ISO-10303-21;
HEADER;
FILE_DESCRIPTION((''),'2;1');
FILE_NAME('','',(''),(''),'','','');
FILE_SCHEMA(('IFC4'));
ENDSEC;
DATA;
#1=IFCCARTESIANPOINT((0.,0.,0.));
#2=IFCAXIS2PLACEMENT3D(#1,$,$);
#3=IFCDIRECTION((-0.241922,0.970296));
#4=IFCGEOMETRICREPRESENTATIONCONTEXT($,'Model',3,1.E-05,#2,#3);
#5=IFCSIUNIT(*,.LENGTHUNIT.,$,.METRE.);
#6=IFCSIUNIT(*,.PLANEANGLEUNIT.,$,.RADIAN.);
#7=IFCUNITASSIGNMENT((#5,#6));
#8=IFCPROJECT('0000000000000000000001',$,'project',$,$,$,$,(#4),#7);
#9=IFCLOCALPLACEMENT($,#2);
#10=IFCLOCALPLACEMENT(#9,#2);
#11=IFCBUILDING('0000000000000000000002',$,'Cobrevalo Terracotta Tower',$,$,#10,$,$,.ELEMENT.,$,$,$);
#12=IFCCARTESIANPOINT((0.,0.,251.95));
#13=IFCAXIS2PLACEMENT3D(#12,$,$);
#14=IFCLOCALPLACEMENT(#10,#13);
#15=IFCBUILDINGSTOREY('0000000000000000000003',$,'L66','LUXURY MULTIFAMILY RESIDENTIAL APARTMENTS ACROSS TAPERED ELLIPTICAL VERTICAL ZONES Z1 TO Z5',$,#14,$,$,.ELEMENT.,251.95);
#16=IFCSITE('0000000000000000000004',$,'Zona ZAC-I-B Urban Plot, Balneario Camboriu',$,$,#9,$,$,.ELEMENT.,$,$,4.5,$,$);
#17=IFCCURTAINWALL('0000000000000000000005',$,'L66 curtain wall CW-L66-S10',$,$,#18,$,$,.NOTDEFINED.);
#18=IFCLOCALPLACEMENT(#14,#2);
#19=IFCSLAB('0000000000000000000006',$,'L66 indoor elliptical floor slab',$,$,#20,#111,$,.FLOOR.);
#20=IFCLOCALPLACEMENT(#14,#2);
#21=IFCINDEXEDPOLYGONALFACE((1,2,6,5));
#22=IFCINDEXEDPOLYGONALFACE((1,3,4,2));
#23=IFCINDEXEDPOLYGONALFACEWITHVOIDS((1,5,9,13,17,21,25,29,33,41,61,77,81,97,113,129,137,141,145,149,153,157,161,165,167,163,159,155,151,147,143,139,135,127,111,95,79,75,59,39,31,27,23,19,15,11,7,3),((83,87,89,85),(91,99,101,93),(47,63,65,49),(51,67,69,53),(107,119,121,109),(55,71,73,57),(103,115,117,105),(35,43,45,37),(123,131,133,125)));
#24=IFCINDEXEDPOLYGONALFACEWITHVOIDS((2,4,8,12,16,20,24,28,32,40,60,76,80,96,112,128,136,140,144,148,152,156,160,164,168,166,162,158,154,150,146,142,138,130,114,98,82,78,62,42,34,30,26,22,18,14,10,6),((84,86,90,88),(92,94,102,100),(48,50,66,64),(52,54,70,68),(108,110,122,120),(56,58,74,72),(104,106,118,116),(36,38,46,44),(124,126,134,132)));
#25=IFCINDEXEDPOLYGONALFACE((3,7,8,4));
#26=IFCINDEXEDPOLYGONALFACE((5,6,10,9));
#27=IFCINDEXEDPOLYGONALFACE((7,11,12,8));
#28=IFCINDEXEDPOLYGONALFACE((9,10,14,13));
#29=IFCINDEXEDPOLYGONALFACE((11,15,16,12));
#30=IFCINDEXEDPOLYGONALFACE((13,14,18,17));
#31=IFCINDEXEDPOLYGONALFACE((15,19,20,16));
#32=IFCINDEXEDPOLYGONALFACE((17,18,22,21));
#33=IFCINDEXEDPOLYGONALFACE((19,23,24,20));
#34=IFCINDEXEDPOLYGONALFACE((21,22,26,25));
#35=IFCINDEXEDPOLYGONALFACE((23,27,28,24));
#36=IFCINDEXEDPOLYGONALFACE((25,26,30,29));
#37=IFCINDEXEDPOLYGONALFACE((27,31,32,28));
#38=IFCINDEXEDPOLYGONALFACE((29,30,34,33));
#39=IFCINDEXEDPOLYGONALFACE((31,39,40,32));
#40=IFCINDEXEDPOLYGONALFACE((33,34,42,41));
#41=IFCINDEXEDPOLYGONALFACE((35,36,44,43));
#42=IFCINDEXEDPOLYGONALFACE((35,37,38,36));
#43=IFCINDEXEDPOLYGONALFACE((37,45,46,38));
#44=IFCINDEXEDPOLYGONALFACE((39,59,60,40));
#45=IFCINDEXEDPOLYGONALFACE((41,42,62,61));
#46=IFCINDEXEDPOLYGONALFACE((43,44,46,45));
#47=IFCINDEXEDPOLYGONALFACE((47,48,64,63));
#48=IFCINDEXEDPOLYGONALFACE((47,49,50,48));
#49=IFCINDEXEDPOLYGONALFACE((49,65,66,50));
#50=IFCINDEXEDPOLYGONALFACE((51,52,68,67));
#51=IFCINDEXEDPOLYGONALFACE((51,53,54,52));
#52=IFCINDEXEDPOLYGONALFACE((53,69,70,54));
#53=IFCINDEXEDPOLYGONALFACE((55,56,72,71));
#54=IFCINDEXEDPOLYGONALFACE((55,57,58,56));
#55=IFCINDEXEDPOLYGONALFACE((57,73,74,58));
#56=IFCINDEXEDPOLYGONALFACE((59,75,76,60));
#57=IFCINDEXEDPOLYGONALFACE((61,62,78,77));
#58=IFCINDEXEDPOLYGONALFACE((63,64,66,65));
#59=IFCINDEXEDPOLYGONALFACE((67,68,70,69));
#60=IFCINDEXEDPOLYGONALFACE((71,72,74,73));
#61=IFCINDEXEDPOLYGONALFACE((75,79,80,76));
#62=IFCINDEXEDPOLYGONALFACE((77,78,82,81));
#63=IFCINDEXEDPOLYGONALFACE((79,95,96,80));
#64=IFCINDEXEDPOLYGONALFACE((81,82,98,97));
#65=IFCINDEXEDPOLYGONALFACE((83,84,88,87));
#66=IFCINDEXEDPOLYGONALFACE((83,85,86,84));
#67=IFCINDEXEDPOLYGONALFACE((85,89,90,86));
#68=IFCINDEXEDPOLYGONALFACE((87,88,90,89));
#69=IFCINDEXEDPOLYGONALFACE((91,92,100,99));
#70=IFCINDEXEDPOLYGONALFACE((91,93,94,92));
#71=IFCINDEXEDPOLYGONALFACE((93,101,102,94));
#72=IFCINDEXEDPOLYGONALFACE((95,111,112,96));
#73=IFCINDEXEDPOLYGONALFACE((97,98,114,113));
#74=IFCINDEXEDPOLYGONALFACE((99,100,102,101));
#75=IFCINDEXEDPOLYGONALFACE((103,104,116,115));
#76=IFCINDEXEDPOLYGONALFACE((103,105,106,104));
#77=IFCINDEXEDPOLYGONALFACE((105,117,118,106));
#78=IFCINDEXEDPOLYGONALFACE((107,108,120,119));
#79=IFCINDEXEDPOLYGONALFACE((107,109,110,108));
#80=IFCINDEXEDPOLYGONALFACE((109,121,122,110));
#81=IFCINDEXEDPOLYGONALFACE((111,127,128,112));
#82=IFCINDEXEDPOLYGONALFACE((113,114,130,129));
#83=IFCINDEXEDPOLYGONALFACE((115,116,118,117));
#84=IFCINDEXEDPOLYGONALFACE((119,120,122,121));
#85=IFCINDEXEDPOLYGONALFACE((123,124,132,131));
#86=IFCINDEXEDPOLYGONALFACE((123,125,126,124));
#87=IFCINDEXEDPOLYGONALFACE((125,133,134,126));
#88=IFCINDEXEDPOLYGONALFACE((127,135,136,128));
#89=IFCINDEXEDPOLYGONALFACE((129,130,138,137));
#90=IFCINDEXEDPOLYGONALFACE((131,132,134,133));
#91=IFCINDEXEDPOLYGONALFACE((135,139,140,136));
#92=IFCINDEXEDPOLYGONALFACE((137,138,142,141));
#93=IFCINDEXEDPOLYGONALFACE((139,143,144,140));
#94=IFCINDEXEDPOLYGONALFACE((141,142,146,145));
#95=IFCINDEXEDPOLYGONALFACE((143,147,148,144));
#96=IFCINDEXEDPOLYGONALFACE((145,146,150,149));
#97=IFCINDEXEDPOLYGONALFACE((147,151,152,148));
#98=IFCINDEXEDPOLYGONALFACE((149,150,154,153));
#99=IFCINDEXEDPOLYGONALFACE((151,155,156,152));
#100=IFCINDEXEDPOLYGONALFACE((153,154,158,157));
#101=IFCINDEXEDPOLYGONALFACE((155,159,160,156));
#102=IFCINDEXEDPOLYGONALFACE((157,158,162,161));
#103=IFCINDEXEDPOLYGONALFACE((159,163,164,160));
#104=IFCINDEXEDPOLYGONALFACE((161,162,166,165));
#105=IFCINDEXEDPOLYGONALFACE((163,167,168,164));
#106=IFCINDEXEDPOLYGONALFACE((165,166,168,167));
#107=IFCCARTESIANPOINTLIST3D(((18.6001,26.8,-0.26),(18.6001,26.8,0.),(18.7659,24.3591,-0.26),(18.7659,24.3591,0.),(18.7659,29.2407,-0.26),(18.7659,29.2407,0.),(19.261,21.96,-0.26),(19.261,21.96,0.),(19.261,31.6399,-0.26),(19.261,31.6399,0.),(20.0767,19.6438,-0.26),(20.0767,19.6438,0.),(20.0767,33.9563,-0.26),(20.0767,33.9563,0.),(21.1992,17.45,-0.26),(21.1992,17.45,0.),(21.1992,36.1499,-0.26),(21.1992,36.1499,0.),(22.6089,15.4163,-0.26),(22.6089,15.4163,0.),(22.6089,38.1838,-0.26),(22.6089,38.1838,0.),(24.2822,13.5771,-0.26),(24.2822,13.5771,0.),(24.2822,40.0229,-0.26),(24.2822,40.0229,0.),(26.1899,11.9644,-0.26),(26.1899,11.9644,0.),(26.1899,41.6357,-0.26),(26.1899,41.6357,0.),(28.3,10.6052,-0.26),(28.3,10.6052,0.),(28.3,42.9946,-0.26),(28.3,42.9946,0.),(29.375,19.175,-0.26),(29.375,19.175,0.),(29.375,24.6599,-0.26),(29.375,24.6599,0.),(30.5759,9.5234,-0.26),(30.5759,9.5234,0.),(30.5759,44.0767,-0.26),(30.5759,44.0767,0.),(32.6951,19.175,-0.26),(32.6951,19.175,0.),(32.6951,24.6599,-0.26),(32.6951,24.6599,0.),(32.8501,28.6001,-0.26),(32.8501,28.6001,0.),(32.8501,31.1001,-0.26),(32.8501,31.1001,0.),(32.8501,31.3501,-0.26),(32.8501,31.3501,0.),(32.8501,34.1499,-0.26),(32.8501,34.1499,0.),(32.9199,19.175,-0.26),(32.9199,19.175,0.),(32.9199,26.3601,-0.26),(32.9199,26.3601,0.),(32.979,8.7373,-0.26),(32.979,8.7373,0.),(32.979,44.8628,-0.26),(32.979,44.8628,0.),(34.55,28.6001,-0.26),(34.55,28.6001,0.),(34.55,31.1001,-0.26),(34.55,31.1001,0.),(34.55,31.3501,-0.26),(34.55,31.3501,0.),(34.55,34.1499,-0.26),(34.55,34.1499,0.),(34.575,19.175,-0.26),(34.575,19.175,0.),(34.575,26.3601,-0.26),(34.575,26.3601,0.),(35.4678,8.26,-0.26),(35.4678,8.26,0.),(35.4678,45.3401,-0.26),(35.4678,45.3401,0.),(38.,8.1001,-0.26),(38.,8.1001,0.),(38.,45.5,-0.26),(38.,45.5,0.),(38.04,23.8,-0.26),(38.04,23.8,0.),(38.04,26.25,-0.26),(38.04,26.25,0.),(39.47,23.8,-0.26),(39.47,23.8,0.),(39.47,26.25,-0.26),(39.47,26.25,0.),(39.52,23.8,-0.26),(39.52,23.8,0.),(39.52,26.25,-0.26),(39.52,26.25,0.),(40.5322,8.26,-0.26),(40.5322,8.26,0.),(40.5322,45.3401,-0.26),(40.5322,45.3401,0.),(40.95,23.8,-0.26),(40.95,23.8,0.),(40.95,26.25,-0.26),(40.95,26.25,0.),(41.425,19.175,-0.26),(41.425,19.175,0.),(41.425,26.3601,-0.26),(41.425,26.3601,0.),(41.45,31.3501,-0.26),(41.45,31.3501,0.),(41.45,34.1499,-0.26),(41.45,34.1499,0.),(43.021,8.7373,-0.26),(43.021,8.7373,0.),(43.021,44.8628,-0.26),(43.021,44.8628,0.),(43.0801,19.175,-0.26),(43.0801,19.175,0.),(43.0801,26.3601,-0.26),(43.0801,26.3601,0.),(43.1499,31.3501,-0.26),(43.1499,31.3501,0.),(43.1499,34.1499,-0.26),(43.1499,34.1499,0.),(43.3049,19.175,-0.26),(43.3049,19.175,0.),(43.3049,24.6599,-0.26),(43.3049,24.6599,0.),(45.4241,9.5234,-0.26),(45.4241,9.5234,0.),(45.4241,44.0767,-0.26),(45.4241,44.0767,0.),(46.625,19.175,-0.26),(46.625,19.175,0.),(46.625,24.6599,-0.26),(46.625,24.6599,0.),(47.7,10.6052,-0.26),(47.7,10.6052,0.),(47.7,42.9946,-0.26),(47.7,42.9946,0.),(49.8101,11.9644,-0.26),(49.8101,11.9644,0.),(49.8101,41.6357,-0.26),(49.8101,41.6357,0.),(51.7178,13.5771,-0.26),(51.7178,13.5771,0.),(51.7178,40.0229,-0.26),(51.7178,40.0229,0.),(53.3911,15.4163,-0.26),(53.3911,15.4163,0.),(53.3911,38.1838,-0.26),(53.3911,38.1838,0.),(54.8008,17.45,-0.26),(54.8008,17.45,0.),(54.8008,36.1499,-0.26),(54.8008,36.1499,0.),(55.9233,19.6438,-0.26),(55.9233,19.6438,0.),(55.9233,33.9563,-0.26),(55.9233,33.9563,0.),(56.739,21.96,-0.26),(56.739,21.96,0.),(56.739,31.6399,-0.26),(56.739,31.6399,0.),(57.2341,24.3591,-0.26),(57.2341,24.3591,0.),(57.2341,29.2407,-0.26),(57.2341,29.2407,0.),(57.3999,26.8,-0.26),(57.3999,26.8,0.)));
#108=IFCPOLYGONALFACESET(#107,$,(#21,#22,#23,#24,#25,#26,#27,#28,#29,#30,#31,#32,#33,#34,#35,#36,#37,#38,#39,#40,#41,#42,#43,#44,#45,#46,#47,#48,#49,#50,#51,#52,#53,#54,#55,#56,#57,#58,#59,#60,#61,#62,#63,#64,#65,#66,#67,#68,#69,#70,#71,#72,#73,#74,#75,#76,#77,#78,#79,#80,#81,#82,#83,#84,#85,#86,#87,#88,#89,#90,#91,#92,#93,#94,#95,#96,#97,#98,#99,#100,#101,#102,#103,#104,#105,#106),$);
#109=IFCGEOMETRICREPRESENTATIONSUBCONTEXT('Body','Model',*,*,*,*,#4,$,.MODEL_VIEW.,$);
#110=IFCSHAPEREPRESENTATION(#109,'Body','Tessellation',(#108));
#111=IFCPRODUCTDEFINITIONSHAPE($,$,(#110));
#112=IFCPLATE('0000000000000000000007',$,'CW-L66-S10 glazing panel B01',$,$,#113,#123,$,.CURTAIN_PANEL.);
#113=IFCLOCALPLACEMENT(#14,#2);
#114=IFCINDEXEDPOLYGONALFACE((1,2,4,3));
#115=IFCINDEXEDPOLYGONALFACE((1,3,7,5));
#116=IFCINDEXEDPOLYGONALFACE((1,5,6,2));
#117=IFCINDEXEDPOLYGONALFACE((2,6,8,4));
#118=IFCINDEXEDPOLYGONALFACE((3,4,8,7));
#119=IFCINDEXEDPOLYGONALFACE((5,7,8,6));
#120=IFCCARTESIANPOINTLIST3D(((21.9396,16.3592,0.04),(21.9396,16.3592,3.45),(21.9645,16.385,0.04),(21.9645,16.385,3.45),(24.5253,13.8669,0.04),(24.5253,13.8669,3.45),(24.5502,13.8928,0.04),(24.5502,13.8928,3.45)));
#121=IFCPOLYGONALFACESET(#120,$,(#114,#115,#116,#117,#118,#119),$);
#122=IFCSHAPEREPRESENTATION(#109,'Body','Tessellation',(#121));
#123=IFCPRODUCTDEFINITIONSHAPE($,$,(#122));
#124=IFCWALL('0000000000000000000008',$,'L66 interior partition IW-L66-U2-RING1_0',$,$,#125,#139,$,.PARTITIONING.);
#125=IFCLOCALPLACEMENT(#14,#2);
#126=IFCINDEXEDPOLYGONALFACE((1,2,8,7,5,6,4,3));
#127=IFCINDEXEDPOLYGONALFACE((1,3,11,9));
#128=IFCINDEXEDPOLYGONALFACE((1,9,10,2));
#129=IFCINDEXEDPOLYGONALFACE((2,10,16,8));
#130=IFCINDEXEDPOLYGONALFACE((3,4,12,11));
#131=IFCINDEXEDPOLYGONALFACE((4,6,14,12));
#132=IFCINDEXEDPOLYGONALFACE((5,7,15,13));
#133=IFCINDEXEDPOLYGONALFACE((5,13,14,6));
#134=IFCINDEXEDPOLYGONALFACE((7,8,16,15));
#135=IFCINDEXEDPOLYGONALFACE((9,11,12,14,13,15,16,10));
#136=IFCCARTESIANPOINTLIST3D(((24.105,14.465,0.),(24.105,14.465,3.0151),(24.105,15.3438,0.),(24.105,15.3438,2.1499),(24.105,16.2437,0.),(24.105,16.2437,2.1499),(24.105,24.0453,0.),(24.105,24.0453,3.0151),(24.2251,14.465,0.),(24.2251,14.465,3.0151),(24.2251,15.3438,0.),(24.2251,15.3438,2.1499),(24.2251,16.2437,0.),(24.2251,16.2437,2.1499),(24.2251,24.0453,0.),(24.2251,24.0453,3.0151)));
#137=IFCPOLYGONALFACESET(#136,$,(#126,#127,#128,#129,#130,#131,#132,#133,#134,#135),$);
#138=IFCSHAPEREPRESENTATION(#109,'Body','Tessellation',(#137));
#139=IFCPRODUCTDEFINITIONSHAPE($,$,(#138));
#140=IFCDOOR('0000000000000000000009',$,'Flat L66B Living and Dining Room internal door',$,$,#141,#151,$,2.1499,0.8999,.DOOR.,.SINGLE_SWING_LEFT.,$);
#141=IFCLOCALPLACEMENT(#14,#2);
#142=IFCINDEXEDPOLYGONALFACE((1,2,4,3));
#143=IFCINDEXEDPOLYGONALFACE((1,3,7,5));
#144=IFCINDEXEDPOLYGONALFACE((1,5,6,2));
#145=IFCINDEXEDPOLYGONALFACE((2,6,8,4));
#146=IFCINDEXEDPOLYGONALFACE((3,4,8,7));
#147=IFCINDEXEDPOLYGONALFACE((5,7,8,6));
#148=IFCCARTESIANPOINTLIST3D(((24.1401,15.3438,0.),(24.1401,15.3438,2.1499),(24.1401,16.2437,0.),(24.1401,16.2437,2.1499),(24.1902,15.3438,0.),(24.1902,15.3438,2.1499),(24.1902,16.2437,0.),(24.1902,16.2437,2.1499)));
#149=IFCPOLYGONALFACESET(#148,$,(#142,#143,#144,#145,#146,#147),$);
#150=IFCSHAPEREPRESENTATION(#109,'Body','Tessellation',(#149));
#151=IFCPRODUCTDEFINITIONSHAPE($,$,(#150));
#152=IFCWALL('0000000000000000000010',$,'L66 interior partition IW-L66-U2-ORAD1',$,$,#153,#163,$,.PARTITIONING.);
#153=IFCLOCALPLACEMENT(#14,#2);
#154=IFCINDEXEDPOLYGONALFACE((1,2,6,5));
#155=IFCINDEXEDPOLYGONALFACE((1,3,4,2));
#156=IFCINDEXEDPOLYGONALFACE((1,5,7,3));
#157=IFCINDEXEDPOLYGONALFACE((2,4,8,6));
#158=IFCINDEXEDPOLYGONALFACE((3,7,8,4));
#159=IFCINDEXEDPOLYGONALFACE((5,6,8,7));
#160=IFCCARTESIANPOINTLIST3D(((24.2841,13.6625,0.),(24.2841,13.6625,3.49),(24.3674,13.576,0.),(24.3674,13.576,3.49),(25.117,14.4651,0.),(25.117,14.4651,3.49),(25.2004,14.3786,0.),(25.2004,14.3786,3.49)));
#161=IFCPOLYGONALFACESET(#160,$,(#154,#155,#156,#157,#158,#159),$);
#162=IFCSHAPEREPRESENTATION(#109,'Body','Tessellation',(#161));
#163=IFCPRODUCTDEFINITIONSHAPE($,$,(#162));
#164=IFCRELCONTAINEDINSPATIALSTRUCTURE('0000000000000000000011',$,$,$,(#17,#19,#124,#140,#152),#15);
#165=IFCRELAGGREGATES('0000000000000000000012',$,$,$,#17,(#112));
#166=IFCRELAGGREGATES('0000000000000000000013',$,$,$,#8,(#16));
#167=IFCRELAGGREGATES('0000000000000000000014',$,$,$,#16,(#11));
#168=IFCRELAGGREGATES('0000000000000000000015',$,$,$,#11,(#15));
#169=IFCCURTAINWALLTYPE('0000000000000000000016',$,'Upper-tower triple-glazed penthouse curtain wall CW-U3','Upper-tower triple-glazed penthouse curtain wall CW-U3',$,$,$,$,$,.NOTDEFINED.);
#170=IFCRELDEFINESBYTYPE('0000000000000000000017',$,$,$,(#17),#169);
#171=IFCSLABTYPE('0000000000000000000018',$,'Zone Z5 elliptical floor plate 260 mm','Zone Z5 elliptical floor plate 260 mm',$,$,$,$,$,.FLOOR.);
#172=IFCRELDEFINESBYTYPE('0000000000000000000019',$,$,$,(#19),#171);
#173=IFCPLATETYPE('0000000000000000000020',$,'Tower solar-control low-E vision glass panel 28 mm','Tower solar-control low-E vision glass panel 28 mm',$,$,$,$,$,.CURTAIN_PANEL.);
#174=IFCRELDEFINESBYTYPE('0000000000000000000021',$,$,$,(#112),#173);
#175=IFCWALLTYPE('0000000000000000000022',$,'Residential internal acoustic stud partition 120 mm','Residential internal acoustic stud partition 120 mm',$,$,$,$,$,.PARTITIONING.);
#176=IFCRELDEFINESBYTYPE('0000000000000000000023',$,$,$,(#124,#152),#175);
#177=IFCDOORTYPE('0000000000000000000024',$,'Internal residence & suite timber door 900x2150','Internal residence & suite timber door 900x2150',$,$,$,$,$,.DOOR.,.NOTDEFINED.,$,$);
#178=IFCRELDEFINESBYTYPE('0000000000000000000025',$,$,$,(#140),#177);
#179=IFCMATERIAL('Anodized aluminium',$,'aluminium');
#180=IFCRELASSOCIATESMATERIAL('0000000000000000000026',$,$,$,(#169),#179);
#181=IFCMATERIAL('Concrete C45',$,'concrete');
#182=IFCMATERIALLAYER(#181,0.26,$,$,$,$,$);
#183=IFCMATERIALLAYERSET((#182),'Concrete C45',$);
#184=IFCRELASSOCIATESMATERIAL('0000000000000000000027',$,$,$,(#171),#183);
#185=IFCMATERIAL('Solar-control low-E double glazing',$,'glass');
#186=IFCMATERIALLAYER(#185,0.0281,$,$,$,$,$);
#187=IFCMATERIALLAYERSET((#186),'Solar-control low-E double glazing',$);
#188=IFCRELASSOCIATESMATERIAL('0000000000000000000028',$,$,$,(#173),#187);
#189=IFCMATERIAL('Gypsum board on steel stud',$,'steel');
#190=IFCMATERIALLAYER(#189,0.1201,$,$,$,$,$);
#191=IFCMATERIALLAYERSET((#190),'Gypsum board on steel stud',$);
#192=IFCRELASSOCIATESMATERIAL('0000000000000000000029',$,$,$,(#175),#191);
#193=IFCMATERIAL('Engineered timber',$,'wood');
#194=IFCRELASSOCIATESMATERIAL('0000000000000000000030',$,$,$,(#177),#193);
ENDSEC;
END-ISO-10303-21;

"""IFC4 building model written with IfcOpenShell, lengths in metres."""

from ifc_helpers import new_model, si_unit, direction, frame, frame_2d, origin, origin_2d, place, context, subcontext, project, spatial, polyline, rectangle, outline, extrude, source, transform, mapped, material, layer, layer_set, type_object, element, fill, aggregate, save


model = new_model("IFC4")

# Units and contexts
model_context = context("Model", 3, precision=1e-05, world=origin(), true_north=direction((-0.241922, 0.970296)))
body_context = subcontext(model_context, "Body", "Model", "MODEL_VIEW")
ifc_project = project(units=[si_unit("LENGTHUNIT", "METRE"), si_unit("PLANEANGLEUNIT", "RADIAN")], contexts=[model_context])

# Site, building, storey
site_placement = place(None, origin())
site = spatial("IfcSite", under=ifc_project, at=site_placement, Name="Zona ZAC-I-B Urban Plot, Balneario Camboriu", CompositionType="ELEMENT", RefElevation=4.5)
building_placement = place(site_placement, origin())
building = spatial("IfcBuilding", under=site, at=building_placement, Name="Cobrevalo Terracotta Tower", CompositionType="ELEMENT")
storey_placement = place(building_placement, frame((0.0, 0.0, 251.95)))
storey = spatial("IfcBuildingStorey", under=building, at=storey_placement, Name="L66", Description="LUXURY MULTIFAMILY RESIDENTIAL APARTMENTS ACROSS TAPERED ELLIPTICAL VERTICAL ZONES Z1 TO Z5", CompositionType="ELEMENT", Elevation=251.95)

# Curtain wall
ifc_material_1 = material(Name="Anodized aluminium", Category="aluminium")
curtain_wall_type = type_object("IfcCurtainWallType", Name="Upper-tower triple-glazed penthouse curtain wall CW-U3", Description="Upper-tower triple-glazed penthouse curtain wall CW-U3", PredefinedType="NOTDEFINED", material=ifc_material_1)
curtain_wall_placement = place(storey_placement, origin())
curtain_wall = element("IfcCurtainWall", 1, at=curtain_wall_placement, inside=storey, type_object=curtain_wall_type, Name="L66 curtain wall CW-L66-S10", PredefinedType="NOTDEFINED")

# Slab
ifc_material_2 = material(Name="Concrete C45", Category="concrete")
ifc_layer_1 = layer(ifc_material_2, 0.26)
ifc_layer_set_1 = layer_set([ifc_layer_1], Name="Concrete C45")
slab_type_1 = type_object("IfcSlabType", Name="Zone Z5 elliptical floor plate 260 mm", Description="Zone Z5 elliptical floor plate 260 mm", PredefinedType="FLOOR", material=ifc_layer_set_1)
slab_1_placement = place(storey_placement, frame((0.0, 0.0, -0.26)))
element("IfcSlab", 2, at=slab_1_placement, inside=storey, type_object=slab_type_1, Name="L66 indoor elliptical floor slab", PredefinedType="FLOOR", context=body_context, shape_type="SweptSolid", body=[
    extrude(outline(polyline([(57.2341, 24.3591), (56.739, 21.96), (55.9233, 19.6438), (54.8008, 17.45), (53.3911, 15.4163), (51.7178, 13.5771), (49.8101, 11.9644), (47.7, 10.6052), (45.4241, 9.5234), (43.021, 8.7373), (40.5322, 8.26), (38.0, 8.1001), (35.4678, 8.26), (32.979, 8.7373), (30.5759, 9.5234), (28.3, 10.6052), (26.1899, 11.9644), (24.2822, 13.5771), (22.6089, 15.4163), (21.1992, 17.45), (20.0767, 19.6438), (19.261, 21.96), (18.7659, 24.3591), (18.6001, 26.8), (18.7659, 29.2407), (19.261, 31.6399), (20.0767, 33.9563), (21.1992, 36.1499), (22.6089, 38.1838), (24.2822, 40.0229), (26.1899, 41.6357), (28.3, 42.9946), (30.5759, 44.0767), (32.979, 44.8628), (35.4678, 45.3401), (38.0, 45.5), (40.5322, 45.3401), (43.021, 44.8628), (45.4241, 44.0767), (47.7, 42.9946), (49.8101, 41.6357), (51.7178, 40.0229), (53.3911, 38.1838), (54.8008, 36.1499), (55.9233, 33.9563), (56.739, 31.6399), (57.2341, 29.2407), (57.3999, 26.8), (57.2341, 24.3591)]), holes=[polyline([(32.6951, 19.175), (32.6951, 24.6599), (29.375, 24.6599), (29.375, 19.175), (32.6951, 19.175)]), polyline([(46.625, 19.175), (46.625, 24.6599), (43.3049, 24.6599), (43.3049, 19.175), (46.625, 19.175)]), polyline([(34.575, 26.3601), (32.9199, 26.3601), (32.9199, 19.175), (34.575, 19.175), (34.575, 26.3601)]), polyline([(43.0801, 26.3601), (41.425, 26.3601), (41.425, 19.175), (43.0801, 19.175), (43.0801, 26.3601)]), polyline([(39.47, 26.25), (38.04, 26.25), (38.04, 23.8), (39.47, 23.8), (39.47, 26.25)]), polyline([(40.95, 26.25), (39.52, 26.25), (39.52, 23.8), (40.95, 23.8), (40.95, 26.25)]), polyline([(34.55, 31.1001), (32.8501, 31.1001), (32.8501, 28.6001), (34.55, 28.6001), (34.55, 31.1001)]), polyline([(34.55, 31.3501), (34.55, 34.1499), (32.8501, 34.1499), (32.8501, 31.3501), (34.55, 31.3501)]), polyline([(43.1499, 31.3501), (43.1499, 34.1499), (41.45, 34.1499), (41.45, 31.3501), (43.1499, 31.3501)])]), origin(), (0.0, 0.0, 1.0), 0.26),
])

# Plate
ifc_material_3 = material(Name="Solar-control low-E double glazing", Category="glass")
ifc_layer_2 = layer(ifc_material_3, 0.0281)
ifc_layer_set_2 = layer_set([ifc_layer_2], Name="Solar-control low-E double glazing")
plate_type = type_object("IfcPlateType", Name="Tower solar-control low-E vision glass panel 28 mm", Description="Tower solar-control low-E vision glass panel 28 mm", PredefinedType="CURTAIN_PANEL", material=ifc_layer_set_2)
shared_shape_1 = source(origin(), body_context, "Body", "SweptSolid", [
    extrude(rectangle(XDim=3.5913, YDim=0.0359, at=origin_2d()), origin(), (0.0, 0.0, 1.0), 3.4099),
])
plate_placement = place(storey_placement, frame((23.2449, 15.126, 0.04), z_axis=(0.0, 0.0, 1.0), x_axis=(0.719997, -0.693978, 0.0)))
plate = element("IfcPlate", 3, at=plate_placement, type_object=plate_type, Name="CW-L66-S10 glazing panel B01", PredefinedType="CURTAIN_PANEL", context=body_context, shape_type="MappedRepresentation", body=[
    mapped(shared_shape_1, transform((0.0, 0.0, 0.0), scale=1.0)),
])
aggregate(curtain_wall, [plate])

# Wall, opening, door
ifc_material_4 = material(Name="Gypsum board on steel stud", Category="steel")
ifc_layer_3 = layer(ifc_material_4, 0.1201)
ifc_layer_set_3 = layer_set([ifc_layer_3], Name="Gypsum board on steel stud")
wall_type = type_object("IfcWallType", Name="Residential internal acoustic stud partition 120 mm", Description="Residential internal acoustic stud partition 120 mm", PredefinedType="PARTITIONING", material=ifc_layer_set_3)
wall_1_placement = place(storey_placement, frame((24.165, 14.4651, 0.0), z_axis=(0.0, 0.0, 1.0), x_axis=(0.0, 1.0, 0.0)))
wall_1 = element("IfcWall", 4, at=wall_1_placement, inside=storey, type_object=wall_type, Name="L66 interior partition IW-L66-U2-RING1_0", PredefinedType="PARTITIONING", context=body_context, shape_type="SweptSolid", body=[
    extrude(rectangle(XDim=9.5803, YDim=0.1201, at=frame_2d((4.79, 0.0))), origin(), (0.0, 0.0, 1.0), 3.0151),
])
opening_placement = place(wall_1_placement, frame((0.8787, 0.0, 0.0)))
opening = element("IfcOpeningElement", 5, at=opening_placement, cuts=wall_1, PredefinedType="OPENING", context=body_context, shape_type="SweptSolid", body=[
    extrude(rectangle(XDim=0.8999, YDim=2.1499, at=frame_2d((0.45, 1.075))), frame((0.0, 0.0701, 0.0), z_axis=(0.0, -1.0, 0.0), x_axis=(1.0, 0.0, 0.0)), (0.0, 0.0, 1.0), 0.1401),
])
ifc_material_5 = material(Name="Engineered timber", Category="wood")
door_type = type_object("IfcDoorType", Name="Internal residence & suite timber door 900x2150", Description="Internal residence & suite timber door 900x2150", OperationType="NOTDEFINED", PredefinedType="DOOR", material=ifc_material_5)
shared_shape_2 = source(origin(), body_context, "Body", "SweptSolid", [
    extrude(rectangle(XDim=0.8999, YDim=2.1499, at=frame_2d((0.45, 1.075))), frame((0.0, 0.0249, 0.0), z_axis=(0.0, -1.0, 0.0), x_axis=(1.0, 0.0, 0.0)), (0.0, 0.0, 1.0), 0.05),
])
door_placement = place(opening_placement, origin())
door = element("IfcDoor", 6, at=door_placement, inside=storey, type_object=door_type, Name="Flat L66B Living and Dining Room internal door", OperationType="SINGLE_SWING_LEFT", OverallHeight=2.1499, OverallWidth=0.8999, PredefinedType="DOOR", context=body_context, shape_type="MappedRepresentation", body=[
    mapped(shared_shape_2, transform((0.0, 0.0, 0.0), scale=1.0)),
])
fill(opening, door)

# Wall
wall_2_placement = place(storey_placement, frame((25.1587, 14.4219, 0.0), z_axis=(0.0, 0.0, 1.0), x_axis=(-0.72007, -0.693901, 0.0)))
element("IfcWall", 7, at=wall_2_placement, inside=storey, type_object=wall_type, Name="L66 interior partition IW-L66-U2-ORAD1", PredefinedType="PARTITIONING", context=body_context, shape_type="SweptSolid", body=[
    extrude(rectangle(XDim=1.1567, YDim=0.1201, at=frame_2d((0.5784, 0.0))), origin(), (0.0, 0.0, 1.0), 3.49),
])

save(model, "model.ifc")
